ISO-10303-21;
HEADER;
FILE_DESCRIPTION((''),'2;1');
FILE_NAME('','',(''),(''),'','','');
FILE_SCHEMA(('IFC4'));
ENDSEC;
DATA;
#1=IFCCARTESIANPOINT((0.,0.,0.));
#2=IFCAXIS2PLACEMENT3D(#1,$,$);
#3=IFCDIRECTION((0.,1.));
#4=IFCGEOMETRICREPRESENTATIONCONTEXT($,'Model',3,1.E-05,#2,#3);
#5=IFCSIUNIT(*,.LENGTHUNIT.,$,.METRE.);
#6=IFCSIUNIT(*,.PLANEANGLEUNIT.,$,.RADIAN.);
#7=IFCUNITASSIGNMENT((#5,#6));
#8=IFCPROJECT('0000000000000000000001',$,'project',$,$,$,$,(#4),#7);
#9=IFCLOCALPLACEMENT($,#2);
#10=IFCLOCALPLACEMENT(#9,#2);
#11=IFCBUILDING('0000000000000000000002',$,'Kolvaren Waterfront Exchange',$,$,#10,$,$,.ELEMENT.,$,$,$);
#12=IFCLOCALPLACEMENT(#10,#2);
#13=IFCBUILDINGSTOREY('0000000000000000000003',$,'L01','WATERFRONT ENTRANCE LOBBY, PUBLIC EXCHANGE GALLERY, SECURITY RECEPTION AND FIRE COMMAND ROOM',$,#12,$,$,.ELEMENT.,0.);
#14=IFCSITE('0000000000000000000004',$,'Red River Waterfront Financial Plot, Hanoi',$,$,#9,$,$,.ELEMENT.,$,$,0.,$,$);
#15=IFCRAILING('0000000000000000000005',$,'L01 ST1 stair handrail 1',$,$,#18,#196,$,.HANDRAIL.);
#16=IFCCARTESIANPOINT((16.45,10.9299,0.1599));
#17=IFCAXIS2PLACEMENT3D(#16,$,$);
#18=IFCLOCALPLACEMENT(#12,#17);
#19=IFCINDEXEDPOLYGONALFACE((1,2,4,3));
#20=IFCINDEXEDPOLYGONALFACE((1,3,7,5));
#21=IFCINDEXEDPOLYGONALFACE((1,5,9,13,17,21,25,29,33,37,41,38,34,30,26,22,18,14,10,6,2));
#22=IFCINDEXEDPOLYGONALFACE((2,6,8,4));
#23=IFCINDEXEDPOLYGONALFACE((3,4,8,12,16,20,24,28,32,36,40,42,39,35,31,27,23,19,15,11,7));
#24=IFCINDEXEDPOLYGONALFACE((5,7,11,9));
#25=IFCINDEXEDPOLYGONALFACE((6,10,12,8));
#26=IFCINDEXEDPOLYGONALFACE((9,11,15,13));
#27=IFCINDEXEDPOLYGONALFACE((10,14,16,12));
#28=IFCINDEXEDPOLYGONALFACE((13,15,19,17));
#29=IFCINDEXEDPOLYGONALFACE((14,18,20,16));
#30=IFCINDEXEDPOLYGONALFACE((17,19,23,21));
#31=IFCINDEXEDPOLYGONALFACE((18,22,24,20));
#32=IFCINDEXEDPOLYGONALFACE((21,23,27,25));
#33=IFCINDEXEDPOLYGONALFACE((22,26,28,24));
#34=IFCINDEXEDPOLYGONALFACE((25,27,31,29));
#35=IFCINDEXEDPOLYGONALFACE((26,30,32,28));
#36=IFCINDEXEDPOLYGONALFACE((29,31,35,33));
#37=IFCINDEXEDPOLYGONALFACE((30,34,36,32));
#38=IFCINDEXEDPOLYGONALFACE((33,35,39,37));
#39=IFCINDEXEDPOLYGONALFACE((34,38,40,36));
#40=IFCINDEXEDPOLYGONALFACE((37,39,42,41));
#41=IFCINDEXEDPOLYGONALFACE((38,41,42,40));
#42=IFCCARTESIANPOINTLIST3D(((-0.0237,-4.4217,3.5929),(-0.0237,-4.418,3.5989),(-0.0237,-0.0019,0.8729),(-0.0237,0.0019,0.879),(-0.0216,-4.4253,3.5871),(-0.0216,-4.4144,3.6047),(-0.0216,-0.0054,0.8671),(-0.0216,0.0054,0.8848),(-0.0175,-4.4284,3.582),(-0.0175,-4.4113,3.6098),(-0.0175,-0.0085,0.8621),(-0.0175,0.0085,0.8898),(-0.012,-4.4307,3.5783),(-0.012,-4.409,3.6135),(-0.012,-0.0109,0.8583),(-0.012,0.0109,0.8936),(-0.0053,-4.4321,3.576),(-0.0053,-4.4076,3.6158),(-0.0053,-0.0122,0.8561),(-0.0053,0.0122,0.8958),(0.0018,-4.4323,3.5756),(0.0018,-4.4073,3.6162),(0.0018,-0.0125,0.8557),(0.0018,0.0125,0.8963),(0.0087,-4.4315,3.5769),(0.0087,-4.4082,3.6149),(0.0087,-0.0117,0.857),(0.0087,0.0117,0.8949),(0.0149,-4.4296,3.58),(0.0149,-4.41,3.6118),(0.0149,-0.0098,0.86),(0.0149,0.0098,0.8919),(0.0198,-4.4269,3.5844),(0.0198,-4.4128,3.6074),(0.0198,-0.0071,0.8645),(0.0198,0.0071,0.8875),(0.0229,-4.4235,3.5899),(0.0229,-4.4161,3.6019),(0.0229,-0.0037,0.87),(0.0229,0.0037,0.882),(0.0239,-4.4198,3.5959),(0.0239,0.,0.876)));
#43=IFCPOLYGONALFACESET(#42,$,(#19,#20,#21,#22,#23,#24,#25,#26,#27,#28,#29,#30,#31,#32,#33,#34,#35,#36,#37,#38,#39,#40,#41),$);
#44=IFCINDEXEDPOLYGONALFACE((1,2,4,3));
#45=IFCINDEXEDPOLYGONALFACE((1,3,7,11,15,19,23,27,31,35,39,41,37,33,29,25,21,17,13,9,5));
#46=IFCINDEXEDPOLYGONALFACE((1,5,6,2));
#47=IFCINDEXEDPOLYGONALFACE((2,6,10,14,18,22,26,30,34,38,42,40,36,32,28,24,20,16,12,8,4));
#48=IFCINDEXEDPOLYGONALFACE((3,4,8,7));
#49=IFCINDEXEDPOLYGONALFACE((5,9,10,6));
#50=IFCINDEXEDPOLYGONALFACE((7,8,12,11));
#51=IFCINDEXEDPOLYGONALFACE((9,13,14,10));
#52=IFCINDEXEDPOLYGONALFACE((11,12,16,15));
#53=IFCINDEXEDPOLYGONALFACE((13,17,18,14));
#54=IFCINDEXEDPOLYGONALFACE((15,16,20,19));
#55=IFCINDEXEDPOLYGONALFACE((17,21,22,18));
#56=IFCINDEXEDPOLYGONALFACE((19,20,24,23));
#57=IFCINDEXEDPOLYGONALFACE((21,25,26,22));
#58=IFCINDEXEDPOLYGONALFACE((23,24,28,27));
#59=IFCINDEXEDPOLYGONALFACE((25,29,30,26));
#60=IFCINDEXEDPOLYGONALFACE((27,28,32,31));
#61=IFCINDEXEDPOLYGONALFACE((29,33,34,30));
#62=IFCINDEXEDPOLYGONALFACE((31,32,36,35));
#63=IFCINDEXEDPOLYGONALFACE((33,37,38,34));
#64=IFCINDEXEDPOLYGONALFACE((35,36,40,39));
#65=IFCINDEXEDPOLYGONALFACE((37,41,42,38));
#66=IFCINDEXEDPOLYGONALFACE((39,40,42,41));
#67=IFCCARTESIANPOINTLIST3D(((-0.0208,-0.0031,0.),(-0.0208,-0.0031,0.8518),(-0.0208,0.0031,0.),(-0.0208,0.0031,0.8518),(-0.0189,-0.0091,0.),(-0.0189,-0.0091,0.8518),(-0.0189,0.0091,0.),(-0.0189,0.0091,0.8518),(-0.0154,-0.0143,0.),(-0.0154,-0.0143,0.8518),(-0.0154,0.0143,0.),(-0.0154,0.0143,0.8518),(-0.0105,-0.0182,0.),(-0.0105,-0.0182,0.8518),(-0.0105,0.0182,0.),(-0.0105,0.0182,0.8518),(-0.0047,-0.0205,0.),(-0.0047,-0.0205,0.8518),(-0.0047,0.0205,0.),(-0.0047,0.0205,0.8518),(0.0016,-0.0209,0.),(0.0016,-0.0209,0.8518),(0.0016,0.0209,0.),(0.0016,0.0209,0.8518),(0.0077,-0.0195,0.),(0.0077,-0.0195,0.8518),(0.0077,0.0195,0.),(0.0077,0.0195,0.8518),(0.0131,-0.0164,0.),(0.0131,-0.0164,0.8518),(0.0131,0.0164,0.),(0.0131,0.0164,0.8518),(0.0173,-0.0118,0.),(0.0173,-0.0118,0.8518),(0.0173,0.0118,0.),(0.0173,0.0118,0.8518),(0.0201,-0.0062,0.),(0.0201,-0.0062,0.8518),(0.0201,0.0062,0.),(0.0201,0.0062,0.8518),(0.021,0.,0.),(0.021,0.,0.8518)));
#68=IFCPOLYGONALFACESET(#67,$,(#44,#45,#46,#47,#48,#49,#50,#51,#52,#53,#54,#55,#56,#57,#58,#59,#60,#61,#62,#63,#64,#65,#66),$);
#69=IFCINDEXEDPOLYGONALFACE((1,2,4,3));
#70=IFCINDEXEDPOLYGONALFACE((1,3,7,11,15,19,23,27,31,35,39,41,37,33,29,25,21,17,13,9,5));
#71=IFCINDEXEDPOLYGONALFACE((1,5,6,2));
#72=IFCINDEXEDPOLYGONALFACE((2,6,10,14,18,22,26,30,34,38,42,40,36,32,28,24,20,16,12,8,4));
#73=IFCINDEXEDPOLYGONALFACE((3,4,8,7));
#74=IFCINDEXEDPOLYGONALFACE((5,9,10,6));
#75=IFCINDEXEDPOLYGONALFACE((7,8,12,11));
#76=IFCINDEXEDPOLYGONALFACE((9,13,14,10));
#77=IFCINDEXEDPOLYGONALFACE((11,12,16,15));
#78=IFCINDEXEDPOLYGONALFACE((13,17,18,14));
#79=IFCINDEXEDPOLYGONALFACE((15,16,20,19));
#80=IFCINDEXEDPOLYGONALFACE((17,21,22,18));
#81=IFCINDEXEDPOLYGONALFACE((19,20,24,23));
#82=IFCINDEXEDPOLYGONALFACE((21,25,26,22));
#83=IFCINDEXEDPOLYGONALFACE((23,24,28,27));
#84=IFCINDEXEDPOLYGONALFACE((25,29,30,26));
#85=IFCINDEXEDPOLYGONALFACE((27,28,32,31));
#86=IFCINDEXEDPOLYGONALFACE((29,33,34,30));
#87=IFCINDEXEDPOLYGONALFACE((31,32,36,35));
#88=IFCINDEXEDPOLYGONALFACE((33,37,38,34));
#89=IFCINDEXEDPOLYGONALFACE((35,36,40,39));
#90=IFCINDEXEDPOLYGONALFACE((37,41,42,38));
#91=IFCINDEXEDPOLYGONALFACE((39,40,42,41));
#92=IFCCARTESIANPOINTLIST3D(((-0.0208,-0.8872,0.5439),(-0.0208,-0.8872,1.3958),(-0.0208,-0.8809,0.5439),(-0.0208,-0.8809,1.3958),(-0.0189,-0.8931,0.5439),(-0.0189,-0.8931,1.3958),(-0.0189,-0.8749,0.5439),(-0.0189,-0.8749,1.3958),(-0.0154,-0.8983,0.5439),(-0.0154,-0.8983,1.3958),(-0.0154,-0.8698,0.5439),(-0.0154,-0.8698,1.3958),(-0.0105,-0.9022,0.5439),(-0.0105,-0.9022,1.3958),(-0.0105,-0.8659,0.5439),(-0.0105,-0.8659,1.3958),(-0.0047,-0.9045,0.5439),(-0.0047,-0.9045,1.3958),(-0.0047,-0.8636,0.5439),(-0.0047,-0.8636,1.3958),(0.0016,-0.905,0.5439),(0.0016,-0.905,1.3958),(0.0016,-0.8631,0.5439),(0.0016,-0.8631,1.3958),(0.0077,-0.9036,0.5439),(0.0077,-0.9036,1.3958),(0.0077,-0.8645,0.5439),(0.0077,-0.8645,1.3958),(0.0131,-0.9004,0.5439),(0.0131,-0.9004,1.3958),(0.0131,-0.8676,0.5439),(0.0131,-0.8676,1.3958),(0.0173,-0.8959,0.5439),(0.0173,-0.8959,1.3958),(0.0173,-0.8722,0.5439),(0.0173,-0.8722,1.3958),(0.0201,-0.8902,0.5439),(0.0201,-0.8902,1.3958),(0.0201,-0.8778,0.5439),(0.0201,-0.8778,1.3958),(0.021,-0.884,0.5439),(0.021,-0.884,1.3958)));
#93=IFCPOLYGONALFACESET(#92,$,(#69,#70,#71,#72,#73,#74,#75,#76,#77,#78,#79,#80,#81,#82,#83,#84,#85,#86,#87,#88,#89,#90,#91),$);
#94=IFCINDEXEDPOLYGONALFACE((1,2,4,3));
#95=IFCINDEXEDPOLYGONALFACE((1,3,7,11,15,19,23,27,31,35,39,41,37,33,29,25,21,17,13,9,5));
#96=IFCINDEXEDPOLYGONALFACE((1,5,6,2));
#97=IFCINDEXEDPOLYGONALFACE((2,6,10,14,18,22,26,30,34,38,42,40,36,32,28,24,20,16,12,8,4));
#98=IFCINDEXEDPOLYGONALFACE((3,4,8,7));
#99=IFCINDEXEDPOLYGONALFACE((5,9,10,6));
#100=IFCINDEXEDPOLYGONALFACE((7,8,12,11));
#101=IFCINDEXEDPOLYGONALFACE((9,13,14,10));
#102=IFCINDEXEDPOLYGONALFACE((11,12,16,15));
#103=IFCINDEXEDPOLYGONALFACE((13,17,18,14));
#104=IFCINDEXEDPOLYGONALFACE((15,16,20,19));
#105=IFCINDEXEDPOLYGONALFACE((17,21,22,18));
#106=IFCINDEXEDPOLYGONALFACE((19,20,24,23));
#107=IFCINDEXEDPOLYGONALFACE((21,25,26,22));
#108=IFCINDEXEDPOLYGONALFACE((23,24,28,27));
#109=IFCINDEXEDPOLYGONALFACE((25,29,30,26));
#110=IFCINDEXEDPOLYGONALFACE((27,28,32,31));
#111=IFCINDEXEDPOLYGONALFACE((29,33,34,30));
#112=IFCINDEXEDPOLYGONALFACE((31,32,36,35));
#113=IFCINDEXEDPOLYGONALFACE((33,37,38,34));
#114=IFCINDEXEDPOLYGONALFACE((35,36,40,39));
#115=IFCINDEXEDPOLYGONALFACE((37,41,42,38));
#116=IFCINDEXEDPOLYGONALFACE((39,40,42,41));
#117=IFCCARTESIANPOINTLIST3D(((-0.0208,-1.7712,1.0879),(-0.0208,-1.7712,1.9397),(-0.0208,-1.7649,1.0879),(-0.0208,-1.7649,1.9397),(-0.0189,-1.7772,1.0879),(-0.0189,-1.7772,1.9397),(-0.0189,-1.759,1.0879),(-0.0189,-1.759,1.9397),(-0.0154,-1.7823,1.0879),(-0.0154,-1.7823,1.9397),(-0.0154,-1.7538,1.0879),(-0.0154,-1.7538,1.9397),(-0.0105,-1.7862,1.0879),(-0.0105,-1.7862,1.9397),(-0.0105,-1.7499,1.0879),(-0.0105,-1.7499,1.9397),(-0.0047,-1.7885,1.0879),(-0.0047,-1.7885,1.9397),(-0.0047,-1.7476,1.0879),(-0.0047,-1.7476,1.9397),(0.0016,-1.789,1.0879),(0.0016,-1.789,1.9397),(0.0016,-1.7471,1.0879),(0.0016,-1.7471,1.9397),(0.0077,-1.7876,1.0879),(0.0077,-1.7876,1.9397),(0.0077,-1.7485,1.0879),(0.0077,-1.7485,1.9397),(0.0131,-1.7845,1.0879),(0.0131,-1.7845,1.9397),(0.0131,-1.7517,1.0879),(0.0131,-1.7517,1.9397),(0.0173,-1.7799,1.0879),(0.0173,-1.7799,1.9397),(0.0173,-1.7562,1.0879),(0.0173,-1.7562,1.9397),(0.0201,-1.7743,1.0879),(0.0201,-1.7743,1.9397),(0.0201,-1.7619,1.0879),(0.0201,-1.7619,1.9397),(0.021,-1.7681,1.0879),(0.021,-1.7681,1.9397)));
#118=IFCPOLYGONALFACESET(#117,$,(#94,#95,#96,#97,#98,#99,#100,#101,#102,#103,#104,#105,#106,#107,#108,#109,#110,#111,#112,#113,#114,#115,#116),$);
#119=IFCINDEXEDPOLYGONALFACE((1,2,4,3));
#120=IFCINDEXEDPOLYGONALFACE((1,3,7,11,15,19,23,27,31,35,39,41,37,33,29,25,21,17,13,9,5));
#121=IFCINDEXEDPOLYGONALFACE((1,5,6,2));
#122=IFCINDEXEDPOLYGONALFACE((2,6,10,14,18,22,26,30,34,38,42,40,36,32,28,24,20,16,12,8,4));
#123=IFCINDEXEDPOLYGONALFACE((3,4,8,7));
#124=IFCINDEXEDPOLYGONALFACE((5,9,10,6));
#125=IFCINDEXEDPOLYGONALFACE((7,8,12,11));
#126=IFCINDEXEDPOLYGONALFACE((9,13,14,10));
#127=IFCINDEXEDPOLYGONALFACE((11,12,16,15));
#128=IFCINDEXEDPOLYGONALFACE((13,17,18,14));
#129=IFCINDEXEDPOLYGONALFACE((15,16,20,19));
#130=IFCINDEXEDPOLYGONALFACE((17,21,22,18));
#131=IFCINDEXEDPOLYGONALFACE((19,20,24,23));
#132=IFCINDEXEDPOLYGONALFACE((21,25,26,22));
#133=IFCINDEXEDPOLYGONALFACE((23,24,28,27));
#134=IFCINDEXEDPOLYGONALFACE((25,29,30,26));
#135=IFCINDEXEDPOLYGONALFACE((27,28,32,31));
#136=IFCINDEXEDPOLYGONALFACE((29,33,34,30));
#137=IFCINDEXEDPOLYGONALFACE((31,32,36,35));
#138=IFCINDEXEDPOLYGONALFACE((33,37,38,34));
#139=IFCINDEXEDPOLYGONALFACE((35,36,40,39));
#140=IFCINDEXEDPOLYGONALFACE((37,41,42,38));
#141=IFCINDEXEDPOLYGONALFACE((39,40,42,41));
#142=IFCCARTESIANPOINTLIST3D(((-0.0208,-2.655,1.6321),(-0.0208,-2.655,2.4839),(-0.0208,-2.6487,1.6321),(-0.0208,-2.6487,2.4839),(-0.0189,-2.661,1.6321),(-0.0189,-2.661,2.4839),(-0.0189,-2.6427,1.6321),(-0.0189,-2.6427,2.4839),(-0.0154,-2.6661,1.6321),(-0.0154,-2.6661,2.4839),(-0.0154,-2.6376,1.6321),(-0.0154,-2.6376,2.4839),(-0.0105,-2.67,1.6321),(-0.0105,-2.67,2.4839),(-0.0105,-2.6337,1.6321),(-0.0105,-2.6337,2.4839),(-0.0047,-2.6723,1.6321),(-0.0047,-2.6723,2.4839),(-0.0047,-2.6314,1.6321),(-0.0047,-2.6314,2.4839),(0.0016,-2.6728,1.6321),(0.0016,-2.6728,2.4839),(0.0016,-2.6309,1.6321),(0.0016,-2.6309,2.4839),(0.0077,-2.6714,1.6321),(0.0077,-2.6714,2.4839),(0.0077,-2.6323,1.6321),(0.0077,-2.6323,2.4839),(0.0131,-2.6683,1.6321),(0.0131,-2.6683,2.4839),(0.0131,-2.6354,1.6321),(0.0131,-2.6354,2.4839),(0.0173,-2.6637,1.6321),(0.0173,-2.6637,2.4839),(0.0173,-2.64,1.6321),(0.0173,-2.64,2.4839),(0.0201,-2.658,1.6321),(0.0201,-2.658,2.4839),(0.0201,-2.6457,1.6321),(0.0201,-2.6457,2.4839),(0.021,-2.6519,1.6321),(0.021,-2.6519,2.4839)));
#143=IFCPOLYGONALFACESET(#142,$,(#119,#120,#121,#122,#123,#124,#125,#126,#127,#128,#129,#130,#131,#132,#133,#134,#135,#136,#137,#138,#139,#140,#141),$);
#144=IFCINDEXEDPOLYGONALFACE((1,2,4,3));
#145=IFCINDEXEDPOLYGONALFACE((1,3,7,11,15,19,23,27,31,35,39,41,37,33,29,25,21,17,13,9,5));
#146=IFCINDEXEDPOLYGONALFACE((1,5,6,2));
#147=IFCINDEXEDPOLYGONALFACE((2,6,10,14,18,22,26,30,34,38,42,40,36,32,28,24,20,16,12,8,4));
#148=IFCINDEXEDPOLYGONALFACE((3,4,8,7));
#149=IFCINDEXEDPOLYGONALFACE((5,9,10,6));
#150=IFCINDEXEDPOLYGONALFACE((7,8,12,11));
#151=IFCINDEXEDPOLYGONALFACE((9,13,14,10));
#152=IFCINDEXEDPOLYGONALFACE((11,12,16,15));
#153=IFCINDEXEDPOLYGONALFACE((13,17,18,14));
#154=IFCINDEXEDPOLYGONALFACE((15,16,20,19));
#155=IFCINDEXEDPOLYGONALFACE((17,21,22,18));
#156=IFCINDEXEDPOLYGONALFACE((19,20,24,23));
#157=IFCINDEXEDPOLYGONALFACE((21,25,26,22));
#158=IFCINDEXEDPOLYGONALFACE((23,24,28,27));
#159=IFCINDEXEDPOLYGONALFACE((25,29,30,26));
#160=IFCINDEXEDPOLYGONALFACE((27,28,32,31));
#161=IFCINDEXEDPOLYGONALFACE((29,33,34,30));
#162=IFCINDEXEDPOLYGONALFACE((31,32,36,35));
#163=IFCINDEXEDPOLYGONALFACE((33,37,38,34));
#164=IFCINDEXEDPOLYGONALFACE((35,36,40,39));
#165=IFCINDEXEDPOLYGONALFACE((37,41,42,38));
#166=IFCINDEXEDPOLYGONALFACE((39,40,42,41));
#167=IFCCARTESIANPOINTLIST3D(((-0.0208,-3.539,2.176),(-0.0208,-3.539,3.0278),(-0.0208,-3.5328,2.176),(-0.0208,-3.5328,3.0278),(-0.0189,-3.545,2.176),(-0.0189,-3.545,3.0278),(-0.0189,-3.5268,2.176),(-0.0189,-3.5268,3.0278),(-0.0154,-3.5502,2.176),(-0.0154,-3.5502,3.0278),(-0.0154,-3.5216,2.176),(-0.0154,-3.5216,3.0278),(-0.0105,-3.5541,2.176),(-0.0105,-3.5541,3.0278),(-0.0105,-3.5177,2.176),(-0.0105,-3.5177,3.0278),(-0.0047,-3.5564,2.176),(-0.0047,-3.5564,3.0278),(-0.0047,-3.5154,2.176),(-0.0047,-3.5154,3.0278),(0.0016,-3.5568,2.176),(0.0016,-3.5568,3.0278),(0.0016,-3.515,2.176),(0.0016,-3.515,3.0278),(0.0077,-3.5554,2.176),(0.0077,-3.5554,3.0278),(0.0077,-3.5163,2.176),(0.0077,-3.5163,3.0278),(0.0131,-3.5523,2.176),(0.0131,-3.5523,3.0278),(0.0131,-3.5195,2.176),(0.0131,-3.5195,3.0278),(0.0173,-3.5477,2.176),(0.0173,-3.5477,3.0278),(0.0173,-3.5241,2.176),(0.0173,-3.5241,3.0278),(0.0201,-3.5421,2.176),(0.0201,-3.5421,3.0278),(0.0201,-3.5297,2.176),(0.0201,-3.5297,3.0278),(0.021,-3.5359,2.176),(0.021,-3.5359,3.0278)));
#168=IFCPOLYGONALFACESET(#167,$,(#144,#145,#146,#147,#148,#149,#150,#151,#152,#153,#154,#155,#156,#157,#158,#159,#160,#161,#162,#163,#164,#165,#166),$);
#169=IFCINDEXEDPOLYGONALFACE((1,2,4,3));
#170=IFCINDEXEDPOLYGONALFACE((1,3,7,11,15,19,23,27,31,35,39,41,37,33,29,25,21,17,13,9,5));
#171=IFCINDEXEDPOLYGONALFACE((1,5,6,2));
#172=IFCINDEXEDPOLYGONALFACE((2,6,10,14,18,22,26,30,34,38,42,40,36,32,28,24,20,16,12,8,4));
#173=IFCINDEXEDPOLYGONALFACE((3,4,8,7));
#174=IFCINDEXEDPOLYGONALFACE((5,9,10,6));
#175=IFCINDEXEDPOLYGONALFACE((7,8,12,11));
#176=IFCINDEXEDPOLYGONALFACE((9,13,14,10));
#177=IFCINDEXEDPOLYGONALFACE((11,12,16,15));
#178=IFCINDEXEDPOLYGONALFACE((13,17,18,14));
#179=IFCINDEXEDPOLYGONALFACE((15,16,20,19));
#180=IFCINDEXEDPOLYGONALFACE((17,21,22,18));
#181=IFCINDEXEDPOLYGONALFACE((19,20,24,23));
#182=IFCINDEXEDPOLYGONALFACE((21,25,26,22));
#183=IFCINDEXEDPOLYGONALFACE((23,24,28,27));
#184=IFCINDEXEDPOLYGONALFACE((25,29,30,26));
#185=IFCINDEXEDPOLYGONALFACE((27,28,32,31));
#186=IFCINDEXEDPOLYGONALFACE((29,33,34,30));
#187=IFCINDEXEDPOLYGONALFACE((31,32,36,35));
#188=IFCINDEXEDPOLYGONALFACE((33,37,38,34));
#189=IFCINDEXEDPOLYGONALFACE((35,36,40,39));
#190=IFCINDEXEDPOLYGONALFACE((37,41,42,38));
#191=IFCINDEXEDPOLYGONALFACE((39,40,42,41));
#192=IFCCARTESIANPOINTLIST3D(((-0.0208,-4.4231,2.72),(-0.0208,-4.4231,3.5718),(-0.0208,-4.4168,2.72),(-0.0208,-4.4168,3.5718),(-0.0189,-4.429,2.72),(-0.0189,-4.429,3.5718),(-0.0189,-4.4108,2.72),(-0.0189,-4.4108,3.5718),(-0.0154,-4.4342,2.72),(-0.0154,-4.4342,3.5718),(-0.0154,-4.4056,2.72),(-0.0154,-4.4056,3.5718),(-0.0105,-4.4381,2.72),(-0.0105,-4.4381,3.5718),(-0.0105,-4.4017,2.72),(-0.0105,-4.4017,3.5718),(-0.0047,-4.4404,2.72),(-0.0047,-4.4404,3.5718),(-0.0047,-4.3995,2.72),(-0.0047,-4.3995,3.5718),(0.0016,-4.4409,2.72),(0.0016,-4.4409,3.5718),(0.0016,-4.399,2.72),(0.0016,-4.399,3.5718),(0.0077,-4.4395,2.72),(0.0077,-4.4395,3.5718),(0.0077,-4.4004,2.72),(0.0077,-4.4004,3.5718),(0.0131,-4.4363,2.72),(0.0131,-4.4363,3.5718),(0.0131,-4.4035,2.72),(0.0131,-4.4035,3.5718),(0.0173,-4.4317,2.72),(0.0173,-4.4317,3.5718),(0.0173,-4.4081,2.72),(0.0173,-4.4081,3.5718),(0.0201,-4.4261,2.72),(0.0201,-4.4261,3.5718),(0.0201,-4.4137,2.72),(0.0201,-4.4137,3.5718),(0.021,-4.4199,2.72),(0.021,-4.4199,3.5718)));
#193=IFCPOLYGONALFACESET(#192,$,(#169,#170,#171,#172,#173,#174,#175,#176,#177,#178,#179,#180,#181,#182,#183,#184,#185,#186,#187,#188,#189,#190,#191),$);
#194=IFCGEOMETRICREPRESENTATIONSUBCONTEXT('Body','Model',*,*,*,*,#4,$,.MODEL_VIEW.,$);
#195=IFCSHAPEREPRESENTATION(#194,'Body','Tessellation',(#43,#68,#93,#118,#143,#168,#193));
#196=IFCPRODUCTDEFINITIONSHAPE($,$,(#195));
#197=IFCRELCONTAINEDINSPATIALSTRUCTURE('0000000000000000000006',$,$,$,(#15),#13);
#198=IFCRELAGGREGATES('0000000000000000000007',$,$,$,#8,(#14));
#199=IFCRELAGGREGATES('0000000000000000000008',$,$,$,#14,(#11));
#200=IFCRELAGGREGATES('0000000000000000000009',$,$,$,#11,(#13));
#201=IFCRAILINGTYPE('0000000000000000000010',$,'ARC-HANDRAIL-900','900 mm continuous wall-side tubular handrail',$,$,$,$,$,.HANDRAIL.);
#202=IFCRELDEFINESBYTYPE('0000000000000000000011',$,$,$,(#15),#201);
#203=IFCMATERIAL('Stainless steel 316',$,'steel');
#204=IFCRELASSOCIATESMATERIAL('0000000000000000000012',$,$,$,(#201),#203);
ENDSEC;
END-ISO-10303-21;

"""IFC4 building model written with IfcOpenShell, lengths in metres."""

from ifc_helpers import new_model, si_unit, direction, frame, origin, origin_2d, place, context, subcontext, project, spatial, circle, extrude, material, type_object, element, save


model = new_model("IFC4")

# Units and contexts
model_context = context("Model", 3, precision=1e-05, world=origin(), true_north=direction((0.0, 1.0)))
body_context = subcontext(model_context, "Body", "Model", "MODEL_VIEW")
ifc_project = project(units=[si_unit("LENGTHUNIT", "METRE"), si_unit("PLANEANGLEUNIT", "RADIAN")], contexts=[model_context])

# Site, building, storey
site_placement = place(None, origin())
site = spatial("IfcSite", under=ifc_project, at=site_placement, Name="Red River Waterfront Financial Plot, Hanoi", CompositionType="ELEMENT", RefElevation=0.0)
building_placement = place(site_placement, origin())
building = spatial("IfcBuilding", under=site, at=building_placement, Name="Kolvaren Waterfront Exchange", CompositionType="ELEMENT")
storey_placement = place(building_placement, origin())
storey = spatial("IfcBuildingStorey", under=building, at=storey_placement, Name="L01", Description="WATERFRONT ENTRANCE LOBBY, PUBLIC EXCHANGE GALLERY, SECURITY RECEPTION AND FIRE COMMAND ROOM", CompositionType="ELEMENT", Elevation=0.0)

# Railing
ifc_material_1 = material(Name="Stainless steel 316", Category="steel")
railing_type_1 = type_object("IfcRailingType", Name="ARC-HANDRAIL-900", Description="900 mm continuous wall-side tubular handrail", PredefinedType="HANDRAIL", material=ifc_material_1)
railing_1_placement = place(storey_placement, frame((16.45, 10.9299, 0.1599)))
element("IfcRailing", 1, at=railing_1_placement, inside=storey, type_object=railing_type_1, Name="L01 ST1 stair handrail 1", PredefinedType="HANDRAIL", context=body_context, shape_type="SweptSolid", body=[
    extrude(circle(Radius=0.0239, at=origin_2d()), frame((0.0, 0.0, 0.876), z_axis=(0.0, -0.851657, 0.5241), x_axis=(1.0, 0.0, 0.0)), (0.0, 0.0, 1.0), 5.1897),
    extrude(circle(Radius=0.021, at=origin_2d()), origin(), (0.0, 0.0, 1.0), 0.8518),
    extrude(circle(Radius=0.021, at=origin_2d()), frame((0.0, -0.884, 0.5439)), (0.0, 0.0, 1.0), 0.8518),
    extrude(circle(Radius=0.021, at=origin_2d()), frame((0.0, -1.7681, 1.0879)), (0.0, 0.0, 1.0), 0.8518),
    extrude(circle(Radius=0.021, at=origin_2d()), frame((0.0, -2.6519, 1.6321)), (0.0, 0.0, 1.0), 0.8518),
    extrude(circle(Radius=0.021, at=origin_2d()), frame((0.0, -3.5359, 2.176)), (0.0, 0.0, 1.0), 0.8518),
    extrude(circle(Radius=0.021, at=origin_2d()), frame((0.0, -4.4199, 2.72)), (0.0, 0.0, 1.0), 0.8518),
])

save(model, "model.ifc")
